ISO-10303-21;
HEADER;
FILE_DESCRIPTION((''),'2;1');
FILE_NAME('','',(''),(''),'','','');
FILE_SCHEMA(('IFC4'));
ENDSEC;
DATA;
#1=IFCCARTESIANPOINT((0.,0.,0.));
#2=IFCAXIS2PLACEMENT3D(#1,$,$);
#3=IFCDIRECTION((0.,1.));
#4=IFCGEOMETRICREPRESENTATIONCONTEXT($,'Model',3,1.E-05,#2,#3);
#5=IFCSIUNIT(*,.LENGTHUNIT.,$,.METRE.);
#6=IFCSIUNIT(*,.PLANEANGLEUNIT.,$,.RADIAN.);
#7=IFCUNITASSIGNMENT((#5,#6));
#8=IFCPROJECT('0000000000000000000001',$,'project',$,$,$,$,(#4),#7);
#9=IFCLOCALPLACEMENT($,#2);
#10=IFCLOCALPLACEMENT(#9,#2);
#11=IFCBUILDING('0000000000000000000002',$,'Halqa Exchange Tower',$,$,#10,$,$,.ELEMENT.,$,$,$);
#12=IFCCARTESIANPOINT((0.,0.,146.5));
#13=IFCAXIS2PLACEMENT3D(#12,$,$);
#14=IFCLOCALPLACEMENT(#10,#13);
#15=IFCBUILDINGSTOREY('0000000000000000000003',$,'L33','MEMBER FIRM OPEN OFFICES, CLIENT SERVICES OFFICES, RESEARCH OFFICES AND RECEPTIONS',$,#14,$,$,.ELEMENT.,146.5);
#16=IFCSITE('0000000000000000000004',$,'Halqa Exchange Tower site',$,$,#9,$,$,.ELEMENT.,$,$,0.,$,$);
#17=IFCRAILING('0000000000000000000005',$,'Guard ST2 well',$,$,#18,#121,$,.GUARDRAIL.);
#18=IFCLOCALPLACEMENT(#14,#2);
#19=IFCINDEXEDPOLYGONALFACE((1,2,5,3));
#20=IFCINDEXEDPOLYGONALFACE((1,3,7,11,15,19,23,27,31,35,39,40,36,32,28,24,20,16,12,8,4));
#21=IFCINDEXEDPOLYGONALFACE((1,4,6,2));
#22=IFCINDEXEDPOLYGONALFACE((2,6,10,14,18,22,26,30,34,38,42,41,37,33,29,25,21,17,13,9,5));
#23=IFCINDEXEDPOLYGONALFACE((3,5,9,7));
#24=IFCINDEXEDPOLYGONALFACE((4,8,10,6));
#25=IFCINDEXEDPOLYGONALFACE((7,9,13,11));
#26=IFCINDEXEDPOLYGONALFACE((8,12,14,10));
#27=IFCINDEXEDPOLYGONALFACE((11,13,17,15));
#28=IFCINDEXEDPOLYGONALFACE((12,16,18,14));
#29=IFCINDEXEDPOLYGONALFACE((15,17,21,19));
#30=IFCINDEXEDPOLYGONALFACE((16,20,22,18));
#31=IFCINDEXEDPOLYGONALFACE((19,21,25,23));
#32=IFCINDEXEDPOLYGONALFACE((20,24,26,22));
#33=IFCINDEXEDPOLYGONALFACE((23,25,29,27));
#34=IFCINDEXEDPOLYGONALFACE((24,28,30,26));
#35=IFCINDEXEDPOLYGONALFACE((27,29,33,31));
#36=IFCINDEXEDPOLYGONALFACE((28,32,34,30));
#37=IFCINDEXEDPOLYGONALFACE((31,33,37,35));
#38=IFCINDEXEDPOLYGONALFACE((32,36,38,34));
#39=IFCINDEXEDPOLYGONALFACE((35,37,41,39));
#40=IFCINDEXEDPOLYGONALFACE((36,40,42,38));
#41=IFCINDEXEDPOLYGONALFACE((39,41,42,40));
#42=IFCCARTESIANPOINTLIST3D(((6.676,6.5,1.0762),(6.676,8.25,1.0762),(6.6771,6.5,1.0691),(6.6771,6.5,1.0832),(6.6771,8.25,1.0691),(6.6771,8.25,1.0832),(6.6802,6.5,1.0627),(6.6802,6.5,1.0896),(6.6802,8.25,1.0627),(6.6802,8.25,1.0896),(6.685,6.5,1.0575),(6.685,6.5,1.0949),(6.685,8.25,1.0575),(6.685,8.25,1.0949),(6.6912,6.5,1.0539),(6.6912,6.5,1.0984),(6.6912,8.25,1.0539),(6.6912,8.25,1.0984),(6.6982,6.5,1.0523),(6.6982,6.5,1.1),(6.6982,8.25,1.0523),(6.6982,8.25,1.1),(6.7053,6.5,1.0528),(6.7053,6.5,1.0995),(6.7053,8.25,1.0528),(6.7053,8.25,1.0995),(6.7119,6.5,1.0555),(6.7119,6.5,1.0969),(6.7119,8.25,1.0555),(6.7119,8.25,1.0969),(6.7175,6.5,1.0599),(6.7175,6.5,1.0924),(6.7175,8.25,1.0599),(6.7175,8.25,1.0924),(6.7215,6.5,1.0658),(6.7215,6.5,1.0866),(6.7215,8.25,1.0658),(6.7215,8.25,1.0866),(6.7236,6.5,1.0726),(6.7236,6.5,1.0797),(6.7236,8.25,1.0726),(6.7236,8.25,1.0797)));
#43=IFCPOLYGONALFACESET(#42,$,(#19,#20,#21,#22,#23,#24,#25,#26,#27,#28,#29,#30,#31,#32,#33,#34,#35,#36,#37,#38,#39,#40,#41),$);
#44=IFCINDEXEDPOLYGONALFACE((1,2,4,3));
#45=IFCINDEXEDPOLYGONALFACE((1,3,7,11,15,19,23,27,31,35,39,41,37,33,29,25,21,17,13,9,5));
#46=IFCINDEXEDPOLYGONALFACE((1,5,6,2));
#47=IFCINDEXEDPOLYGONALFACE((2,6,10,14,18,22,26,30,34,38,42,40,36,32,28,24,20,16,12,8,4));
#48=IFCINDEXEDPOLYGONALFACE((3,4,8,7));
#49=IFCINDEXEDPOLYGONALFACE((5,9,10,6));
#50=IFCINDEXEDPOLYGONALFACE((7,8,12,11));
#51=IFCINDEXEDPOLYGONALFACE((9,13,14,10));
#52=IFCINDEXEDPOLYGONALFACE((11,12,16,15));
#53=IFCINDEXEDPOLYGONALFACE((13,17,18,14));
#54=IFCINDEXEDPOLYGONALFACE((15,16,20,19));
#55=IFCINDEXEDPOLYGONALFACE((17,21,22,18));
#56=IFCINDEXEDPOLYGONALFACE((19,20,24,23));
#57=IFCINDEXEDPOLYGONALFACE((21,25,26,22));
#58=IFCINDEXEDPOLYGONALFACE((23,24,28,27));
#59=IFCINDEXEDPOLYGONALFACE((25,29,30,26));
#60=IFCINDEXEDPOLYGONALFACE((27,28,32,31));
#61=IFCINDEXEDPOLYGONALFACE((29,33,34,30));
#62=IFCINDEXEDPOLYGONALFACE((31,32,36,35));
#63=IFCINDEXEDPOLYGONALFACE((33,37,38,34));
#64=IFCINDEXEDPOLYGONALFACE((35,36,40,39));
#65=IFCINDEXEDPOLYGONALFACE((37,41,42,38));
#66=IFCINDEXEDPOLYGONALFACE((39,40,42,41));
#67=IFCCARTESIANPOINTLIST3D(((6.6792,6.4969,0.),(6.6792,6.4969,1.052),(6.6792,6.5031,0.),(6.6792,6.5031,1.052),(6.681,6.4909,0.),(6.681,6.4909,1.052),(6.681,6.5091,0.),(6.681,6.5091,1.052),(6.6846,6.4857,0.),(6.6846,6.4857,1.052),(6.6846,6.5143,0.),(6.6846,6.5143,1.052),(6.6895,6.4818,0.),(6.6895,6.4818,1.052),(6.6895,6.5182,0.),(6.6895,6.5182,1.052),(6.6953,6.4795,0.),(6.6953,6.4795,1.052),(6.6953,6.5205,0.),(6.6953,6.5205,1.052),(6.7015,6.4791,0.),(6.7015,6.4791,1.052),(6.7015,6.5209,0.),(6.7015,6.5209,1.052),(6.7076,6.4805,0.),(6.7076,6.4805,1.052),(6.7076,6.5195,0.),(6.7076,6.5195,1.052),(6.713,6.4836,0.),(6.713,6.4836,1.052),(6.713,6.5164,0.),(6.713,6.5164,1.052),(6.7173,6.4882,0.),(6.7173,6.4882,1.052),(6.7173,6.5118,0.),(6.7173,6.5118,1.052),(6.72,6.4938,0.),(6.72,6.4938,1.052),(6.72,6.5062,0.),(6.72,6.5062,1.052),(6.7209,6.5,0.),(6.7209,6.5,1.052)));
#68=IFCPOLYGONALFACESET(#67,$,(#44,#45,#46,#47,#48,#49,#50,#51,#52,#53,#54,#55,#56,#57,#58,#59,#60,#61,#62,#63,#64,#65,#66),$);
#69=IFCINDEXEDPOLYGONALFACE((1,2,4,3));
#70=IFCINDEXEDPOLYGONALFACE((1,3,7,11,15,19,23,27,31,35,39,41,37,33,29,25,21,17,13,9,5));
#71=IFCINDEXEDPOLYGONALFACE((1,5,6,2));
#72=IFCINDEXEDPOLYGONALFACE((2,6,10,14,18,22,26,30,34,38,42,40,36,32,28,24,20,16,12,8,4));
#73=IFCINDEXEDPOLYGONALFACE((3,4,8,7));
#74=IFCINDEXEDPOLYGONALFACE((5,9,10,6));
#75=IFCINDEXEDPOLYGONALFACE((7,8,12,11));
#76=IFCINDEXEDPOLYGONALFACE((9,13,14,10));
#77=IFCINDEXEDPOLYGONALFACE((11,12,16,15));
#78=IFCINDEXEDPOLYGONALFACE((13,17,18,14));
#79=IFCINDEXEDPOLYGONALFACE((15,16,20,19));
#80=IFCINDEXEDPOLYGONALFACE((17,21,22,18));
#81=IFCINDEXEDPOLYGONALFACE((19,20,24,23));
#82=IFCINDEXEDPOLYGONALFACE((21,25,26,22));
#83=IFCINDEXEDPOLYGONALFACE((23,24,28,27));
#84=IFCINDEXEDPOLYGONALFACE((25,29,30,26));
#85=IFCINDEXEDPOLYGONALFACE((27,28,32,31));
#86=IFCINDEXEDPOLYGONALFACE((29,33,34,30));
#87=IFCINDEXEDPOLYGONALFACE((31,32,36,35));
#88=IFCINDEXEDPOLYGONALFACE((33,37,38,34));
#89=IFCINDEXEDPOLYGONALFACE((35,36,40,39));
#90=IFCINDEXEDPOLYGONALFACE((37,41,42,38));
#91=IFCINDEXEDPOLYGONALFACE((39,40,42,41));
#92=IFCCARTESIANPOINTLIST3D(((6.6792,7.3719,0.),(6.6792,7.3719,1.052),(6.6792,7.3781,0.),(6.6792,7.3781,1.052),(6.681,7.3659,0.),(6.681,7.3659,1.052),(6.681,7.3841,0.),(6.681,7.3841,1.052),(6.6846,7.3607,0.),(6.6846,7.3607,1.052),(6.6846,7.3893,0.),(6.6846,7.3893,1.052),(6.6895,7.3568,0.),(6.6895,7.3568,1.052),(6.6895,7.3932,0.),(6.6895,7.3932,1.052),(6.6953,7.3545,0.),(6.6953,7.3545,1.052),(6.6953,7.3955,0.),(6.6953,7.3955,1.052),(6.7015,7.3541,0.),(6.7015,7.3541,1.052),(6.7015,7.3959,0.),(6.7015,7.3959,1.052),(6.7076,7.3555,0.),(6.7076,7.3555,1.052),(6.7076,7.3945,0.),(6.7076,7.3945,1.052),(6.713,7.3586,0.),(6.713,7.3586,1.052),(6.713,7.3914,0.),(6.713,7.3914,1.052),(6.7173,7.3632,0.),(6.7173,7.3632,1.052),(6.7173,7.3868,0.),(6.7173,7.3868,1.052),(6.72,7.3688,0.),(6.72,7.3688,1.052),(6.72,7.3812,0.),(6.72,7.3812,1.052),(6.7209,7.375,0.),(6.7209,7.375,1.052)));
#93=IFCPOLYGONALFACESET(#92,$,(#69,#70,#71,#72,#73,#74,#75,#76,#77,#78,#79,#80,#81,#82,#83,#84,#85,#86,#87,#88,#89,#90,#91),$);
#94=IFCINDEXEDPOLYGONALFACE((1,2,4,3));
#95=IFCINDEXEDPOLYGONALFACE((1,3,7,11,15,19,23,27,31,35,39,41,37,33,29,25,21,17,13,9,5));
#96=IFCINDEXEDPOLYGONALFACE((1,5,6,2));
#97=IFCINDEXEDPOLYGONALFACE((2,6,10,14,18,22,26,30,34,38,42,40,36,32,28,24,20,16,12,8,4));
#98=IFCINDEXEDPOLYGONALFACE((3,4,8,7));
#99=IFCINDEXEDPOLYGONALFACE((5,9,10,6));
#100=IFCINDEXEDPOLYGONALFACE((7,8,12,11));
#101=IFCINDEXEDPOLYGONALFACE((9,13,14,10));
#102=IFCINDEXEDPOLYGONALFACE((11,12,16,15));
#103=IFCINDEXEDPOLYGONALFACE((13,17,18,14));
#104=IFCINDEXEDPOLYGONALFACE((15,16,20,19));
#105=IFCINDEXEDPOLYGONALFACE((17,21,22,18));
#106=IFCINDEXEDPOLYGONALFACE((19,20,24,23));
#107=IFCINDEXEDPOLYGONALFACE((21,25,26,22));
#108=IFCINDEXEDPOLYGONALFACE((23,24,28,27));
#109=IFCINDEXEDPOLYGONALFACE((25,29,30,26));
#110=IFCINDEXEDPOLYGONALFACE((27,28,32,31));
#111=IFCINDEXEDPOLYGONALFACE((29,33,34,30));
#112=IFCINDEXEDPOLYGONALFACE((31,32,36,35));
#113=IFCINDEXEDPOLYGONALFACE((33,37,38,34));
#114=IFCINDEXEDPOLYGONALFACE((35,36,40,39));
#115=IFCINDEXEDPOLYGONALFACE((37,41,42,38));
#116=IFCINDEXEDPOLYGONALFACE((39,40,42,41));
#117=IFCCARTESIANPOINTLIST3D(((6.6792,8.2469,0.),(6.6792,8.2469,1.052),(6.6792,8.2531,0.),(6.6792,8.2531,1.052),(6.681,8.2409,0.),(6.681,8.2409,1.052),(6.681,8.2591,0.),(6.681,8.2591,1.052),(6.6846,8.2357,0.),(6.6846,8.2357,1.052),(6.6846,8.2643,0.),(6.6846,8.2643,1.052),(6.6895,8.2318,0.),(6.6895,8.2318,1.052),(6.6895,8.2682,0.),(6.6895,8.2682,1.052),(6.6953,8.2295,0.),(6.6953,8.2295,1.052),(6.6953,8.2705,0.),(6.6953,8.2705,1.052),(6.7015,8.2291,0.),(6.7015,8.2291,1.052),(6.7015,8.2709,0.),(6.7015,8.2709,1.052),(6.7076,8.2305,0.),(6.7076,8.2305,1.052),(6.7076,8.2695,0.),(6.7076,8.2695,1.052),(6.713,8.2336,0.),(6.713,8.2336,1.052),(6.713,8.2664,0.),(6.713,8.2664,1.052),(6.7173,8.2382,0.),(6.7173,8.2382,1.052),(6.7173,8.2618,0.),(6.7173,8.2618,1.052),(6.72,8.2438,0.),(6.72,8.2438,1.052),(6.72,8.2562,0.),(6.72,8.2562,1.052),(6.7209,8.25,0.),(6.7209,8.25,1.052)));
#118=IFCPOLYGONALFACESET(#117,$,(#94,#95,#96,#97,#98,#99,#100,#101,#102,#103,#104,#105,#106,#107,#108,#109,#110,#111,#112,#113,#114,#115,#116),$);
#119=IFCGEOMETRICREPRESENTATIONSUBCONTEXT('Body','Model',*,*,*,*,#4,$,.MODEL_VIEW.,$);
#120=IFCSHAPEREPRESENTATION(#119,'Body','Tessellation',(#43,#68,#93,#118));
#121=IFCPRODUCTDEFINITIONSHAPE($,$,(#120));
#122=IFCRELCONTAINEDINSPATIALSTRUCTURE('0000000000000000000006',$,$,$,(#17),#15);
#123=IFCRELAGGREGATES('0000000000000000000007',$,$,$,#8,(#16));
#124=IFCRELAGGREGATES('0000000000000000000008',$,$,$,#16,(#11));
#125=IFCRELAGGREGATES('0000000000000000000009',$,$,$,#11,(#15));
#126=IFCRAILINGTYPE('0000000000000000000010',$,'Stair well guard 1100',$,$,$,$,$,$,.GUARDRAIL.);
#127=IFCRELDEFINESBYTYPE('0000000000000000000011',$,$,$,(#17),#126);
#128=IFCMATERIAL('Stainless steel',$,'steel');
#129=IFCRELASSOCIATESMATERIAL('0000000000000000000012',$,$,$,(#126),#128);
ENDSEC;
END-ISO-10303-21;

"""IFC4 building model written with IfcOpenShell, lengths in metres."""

from ifc_helpers import new_model, si_unit, direction, frame, origin, origin_2d, place, context, subcontext, project, spatial, circle, extrude, material, type_object, element, save


model = new_model("IFC4")

# Units and contexts
model_context = context("Model", 3, precision=1e-05, world=origin(), true_north=direction((0.0, 1.0)))
body_context = subcontext(model_context, "Body", "Model", "MODEL_VIEW")
ifc_project = project(units=[si_unit("LENGTHUNIT", "METRE"), si_unit("PLANEANGLEUNIT", "RADIAN")], contexts=[model_context])

# Site, building, storey
site_placement = place(None, origin())
site = spatial("IfcSite", under=ifc_project, at=site_placement, Name="Halqa Exchange Tower site", CompositionType="ELEMENT", RefElevation=0.0)
building_placement = place(site_placement, origin())
building = spatial("IfcBuilding", under=site, at=building_placement, Name="Halqa Exchange Tower", CompositionType="ELEMENT")
storey_placement = place(building_placement, frame((0.0, 0.0, 146.5)))
storey = spatial("IfcBuildingStorey", under=building, at=storey_placement, Name="L33", Description="MEMBER FIRM OPEN OFFICES, CLIENT SERVICES OFFICES, RESEARCH OFFICES AND RECEPTIONS", CompositionType="ELEMENT", Elevation=146.5)

# Railing
ifc_material_1 = material(Name="Stainless steel", Category="steel")
railing_type_1 = type_object("IfcRailingType", Name="Stair well guard 1100", PredefinedType="GUARDRAIL", material=ifc_material_1)
railing_1_placement = place(storey_placement, frame((6.7, 6.5, 0.0)))
element("IfcRailing", 1, at=railing_1_placement, inside=storey, type_object=railing_type_1, Name="Guard ST2 well", PredefinedType="GUARDRAIL", context=body_context, shape_type="SweptSolid", body=[
    extrude(circle(Radius=0.0239, at=origin_2d()), frame((0.0, 0.0, 1.0762), z_axis=(0.0, 1.0, 0.0), x_axis=(-1.0, 0.0, 0.0)), (0.0, 0.0, 1.0), 1.75),
    extrude(circle(Radius=0.021, at=origin_2d()), origin(), (0.0, 0.0, 1.0), 1.052),
    extrude(circle(Radius=0.021, at=origin_2d()), frame((0.0, 0.875, 0.0)), (0.0, 0.0, 1.0), 1.052),
    extrude(circle(Radius=0.021, at=origin_2d()), frame((0.0, 1.75, 0.0)), (0.0, 0.0, 1.0), 1.052),
])

save(model, "model.ifc")
